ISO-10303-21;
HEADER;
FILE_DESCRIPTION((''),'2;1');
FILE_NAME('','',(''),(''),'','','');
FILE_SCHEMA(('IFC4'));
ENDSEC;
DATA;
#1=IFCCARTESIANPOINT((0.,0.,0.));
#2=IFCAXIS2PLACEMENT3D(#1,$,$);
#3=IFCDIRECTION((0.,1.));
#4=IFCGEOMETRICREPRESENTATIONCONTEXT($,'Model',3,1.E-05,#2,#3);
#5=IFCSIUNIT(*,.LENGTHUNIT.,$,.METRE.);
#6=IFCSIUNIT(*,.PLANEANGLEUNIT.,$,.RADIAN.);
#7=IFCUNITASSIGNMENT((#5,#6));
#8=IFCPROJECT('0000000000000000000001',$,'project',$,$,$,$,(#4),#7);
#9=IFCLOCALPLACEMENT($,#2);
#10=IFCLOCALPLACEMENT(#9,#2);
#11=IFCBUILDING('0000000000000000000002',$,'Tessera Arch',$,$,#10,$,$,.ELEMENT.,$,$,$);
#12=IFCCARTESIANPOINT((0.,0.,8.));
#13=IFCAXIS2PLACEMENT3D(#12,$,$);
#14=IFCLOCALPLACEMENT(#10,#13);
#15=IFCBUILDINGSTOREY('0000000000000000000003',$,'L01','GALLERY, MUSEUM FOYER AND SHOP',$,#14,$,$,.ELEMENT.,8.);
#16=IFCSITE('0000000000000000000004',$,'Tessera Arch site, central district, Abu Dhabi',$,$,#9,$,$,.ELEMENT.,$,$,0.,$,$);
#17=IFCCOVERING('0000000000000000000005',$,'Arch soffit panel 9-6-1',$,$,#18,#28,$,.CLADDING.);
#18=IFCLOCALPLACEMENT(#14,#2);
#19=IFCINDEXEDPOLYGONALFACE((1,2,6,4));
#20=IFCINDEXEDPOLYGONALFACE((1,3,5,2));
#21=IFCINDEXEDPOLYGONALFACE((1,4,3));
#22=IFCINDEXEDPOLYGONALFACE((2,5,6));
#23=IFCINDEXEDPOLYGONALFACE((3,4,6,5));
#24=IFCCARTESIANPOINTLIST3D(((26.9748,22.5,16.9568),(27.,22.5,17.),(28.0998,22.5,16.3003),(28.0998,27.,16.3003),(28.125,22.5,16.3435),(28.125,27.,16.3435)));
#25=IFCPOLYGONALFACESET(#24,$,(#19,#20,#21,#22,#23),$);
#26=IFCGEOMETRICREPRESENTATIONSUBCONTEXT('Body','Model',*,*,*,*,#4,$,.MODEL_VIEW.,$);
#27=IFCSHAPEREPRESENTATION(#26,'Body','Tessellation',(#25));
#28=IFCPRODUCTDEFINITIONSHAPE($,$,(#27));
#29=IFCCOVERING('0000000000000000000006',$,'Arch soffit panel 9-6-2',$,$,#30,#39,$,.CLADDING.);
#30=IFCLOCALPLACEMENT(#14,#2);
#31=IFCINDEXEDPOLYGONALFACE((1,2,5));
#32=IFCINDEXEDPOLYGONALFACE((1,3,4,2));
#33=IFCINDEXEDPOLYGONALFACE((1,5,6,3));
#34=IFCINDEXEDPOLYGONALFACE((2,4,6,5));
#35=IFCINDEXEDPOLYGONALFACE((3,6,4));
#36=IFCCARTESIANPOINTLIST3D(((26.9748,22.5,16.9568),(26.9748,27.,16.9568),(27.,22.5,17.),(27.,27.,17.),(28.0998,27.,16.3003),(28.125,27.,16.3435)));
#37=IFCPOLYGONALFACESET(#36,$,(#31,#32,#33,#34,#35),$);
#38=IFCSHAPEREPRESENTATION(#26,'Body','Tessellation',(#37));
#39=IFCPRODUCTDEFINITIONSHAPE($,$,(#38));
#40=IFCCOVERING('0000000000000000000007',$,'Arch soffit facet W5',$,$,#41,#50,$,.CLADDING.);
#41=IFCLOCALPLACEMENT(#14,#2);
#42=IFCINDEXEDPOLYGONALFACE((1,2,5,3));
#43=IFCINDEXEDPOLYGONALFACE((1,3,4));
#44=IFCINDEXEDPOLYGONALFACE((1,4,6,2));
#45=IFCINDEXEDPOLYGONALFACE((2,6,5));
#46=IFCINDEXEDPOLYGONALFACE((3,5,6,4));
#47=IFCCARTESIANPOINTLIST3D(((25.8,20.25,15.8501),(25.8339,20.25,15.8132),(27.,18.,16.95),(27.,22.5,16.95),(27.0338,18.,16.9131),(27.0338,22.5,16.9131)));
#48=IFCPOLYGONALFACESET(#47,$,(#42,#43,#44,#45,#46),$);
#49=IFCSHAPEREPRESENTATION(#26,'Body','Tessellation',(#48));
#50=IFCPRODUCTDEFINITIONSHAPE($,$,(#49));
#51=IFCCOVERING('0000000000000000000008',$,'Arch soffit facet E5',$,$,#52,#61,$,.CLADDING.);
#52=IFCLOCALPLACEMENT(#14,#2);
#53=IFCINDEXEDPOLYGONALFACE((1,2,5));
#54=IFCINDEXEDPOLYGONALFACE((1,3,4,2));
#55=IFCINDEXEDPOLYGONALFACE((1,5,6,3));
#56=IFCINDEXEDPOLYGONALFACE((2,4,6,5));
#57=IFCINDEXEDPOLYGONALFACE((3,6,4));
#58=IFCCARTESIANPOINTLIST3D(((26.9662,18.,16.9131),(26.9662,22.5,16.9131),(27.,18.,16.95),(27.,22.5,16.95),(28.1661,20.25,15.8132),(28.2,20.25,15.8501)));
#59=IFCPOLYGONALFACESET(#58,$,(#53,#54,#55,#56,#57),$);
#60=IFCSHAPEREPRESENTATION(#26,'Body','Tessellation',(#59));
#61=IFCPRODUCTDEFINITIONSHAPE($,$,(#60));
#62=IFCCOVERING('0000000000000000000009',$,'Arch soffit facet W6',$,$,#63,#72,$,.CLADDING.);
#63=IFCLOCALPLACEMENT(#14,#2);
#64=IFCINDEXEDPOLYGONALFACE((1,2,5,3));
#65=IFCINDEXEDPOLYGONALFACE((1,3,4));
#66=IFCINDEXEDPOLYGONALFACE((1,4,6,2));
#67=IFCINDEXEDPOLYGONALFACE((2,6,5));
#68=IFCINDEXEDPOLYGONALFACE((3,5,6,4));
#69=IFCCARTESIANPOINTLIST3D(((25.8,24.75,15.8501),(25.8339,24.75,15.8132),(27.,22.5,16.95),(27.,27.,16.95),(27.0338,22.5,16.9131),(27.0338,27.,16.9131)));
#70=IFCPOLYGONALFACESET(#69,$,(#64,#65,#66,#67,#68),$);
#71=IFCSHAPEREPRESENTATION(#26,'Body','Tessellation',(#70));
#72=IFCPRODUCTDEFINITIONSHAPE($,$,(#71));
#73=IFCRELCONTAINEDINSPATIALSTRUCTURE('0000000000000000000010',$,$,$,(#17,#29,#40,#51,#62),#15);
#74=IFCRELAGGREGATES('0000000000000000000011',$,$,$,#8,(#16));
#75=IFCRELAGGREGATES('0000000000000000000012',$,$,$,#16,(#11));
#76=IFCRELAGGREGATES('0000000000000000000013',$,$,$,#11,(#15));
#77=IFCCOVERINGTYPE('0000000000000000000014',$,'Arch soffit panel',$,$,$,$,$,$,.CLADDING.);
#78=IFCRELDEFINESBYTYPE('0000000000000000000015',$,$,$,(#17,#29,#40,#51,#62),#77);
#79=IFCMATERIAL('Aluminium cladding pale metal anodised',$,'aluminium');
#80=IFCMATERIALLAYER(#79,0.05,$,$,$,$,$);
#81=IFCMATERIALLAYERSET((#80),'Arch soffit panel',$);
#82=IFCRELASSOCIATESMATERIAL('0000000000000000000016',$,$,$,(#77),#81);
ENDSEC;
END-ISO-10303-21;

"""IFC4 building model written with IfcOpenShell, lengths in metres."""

from ifc_helpers import new_model, si_unit, direction, frame, origin, place, context, subcontext, project, spatial, polyline, outline, extrude, material, layer, layer_set, type_object, element, save


model = new_model("IFC4")

# Units and contexts
model_context = context("Model", 3, precision=1e-05, world=origin(), true_north=direction((0.0, 1.0)))
body_context = subcontext(model_context, "Body", "Model", "MODEL_VIEW")
ifc_project = project(units=[si_unit("LENGTHUNIT", "METRE"), si_unit("PLANEANGLEUNIT", "RADIAN")], contexts=[model_context])

# Site, building, storey
site_placement = place(None, origin())
site = spatial("IfcSite", under=ifc_project, at=site_placement, Name="Tessera Arch site, central district, Abu Dhabi", CompositionType="ELEMENT", RefElevation=0.0)
building_placement = place(site_placement, origin())
building = spatial("IfcBuilding", under=site, at=building_placement, Name="Tessera Arch", CompositionType="ELEMENT")
storey_placement = place(building_placement, frame((0.0, 0.0, 8.0)))
storey = spatial("IfcBuildingStorey", under=building, at=storey_placement, Name="L01", Description="GALLERY, MUSEUM FOYER AND SHOP", CompositionType="ELEMENT", Elevation=8.0)

# Coverings
ifc_material = material(Name="Aluminium cladding pale metal anodised", Category="aluminium")
ifc_layer = layer(ifc_material, 0.05)
ifc_layer_set = layer_set([ifc_layer], Name="Arch soffit panel")
covering_type = type_object("IfcCoveringType", Name="Arch soffit panel", PredefinedType="CLADDING", material=ifc_layer_set)
covering_1_placement = place(storey_placement, frame((27.0, 22.5, 17.0), z_axis=(0.504011, 0.0, 0.863697), x_axis=(0.863697, 0.0, -0.504011)))
element("IfcCovering", 1, at=covering_1_placement, inside=storey, type_object=covering_type, Name="Arch soffit panel 9-6-1", PredefinedType="CLADDING", context=body_context, shape_type="SweptSolid", body=[
    extrude(outline(polyline([(0.0, 0.0), (1.3025, 0.0), (1.3025, 4.5), (0.0, 0.0)])), origin(), (0.0, 0.0, -1.0), 0.05),
])
covering_2_placement = place(storey_placement, frame((27.0, 22.5, 17.0), z_axis=(0.504011, 0.0, 0.863697), x_axis=(0.240142, 0.96057, -0.140135)))
element("IfcCovering", 2, at=covering_2_placement, inside=storey, type_object=covering_type, Name="Arch soffit panel 9-6-2", PredefinedType="CLADDING", context=body_context, shape_type="SweptSolid", body=[
    extrude(outline(polyline([(0.0, 0.0), (4.6847, 0.0), (4.3226, 1.2512), (0.0, 0.0)])), origin(), (0.0, 0.0, -1.0), 0.05),
])
covering_3_placement = place(storey_placement, frame((27.0, 18.0, 16.95), z_axis=(-0.675691, 0.0, 0.737185), x_axis=(0.0, 1.0, 0.0)))
element("IfcCovering", 3, at=covering_3_placement, inside=storey, type_object=covering_type, Name="Arch soffit facet W5", PredefinedType="CLADDING", context=body_context, shape_type="SweptSolid", body=[
    extrude(outline(polyline([(0.0, 0.0), (4.5, 0.0), (2.25, 1.6277), (0.0, 0.0)])), origin(), (0.0, 0.0, -1.0), 0.05),
])
covering_4_placement = place(storey_placement, frame((27.0, 18.0, 16.95), z_axis=(0.675691, 0.0, 0.737185), x_axis=(0.0, 1.0, 0.0)))
element("IfcCovering", 4, at=covering_4_placement, inside=storey, type_object=covering_type, Name="Arch soffit facet E5", PredefinedType="CLADDING", context=body_context, shape_type="SweptSolid", body=[
    extrude(outline(polyline([(0.0, 0.0), (4.5, 0.0), (2.25, -1.6277), (0.0, 0.0)])), origin(), (0.0, 0.0, -1.0), 0.05),
])
covering_5_placement = place(storey_placement, frame((27.0, 22.5, 16.95), z_axis=(-0.675691, 0.0, 0.737185), x_axis=(0.0, 1.0, 0.0)))
element("IfcCovering", 5, at=covering_5_placement, inside=storey, type_object=covering_type, Name="Arch soffit facet W6", PredefinedType="CLADDING", context=body_context, shape_type="SweptSolid", body=[
    extrude(outline(polyline([(0.0, 0.0), (4.5, 0.0), (2.25, 1.6277), (0.0, 0.0)])), origin(), (0.0, 0.0, -1.0), 0.05),
])

save(model, "model.ifc")
